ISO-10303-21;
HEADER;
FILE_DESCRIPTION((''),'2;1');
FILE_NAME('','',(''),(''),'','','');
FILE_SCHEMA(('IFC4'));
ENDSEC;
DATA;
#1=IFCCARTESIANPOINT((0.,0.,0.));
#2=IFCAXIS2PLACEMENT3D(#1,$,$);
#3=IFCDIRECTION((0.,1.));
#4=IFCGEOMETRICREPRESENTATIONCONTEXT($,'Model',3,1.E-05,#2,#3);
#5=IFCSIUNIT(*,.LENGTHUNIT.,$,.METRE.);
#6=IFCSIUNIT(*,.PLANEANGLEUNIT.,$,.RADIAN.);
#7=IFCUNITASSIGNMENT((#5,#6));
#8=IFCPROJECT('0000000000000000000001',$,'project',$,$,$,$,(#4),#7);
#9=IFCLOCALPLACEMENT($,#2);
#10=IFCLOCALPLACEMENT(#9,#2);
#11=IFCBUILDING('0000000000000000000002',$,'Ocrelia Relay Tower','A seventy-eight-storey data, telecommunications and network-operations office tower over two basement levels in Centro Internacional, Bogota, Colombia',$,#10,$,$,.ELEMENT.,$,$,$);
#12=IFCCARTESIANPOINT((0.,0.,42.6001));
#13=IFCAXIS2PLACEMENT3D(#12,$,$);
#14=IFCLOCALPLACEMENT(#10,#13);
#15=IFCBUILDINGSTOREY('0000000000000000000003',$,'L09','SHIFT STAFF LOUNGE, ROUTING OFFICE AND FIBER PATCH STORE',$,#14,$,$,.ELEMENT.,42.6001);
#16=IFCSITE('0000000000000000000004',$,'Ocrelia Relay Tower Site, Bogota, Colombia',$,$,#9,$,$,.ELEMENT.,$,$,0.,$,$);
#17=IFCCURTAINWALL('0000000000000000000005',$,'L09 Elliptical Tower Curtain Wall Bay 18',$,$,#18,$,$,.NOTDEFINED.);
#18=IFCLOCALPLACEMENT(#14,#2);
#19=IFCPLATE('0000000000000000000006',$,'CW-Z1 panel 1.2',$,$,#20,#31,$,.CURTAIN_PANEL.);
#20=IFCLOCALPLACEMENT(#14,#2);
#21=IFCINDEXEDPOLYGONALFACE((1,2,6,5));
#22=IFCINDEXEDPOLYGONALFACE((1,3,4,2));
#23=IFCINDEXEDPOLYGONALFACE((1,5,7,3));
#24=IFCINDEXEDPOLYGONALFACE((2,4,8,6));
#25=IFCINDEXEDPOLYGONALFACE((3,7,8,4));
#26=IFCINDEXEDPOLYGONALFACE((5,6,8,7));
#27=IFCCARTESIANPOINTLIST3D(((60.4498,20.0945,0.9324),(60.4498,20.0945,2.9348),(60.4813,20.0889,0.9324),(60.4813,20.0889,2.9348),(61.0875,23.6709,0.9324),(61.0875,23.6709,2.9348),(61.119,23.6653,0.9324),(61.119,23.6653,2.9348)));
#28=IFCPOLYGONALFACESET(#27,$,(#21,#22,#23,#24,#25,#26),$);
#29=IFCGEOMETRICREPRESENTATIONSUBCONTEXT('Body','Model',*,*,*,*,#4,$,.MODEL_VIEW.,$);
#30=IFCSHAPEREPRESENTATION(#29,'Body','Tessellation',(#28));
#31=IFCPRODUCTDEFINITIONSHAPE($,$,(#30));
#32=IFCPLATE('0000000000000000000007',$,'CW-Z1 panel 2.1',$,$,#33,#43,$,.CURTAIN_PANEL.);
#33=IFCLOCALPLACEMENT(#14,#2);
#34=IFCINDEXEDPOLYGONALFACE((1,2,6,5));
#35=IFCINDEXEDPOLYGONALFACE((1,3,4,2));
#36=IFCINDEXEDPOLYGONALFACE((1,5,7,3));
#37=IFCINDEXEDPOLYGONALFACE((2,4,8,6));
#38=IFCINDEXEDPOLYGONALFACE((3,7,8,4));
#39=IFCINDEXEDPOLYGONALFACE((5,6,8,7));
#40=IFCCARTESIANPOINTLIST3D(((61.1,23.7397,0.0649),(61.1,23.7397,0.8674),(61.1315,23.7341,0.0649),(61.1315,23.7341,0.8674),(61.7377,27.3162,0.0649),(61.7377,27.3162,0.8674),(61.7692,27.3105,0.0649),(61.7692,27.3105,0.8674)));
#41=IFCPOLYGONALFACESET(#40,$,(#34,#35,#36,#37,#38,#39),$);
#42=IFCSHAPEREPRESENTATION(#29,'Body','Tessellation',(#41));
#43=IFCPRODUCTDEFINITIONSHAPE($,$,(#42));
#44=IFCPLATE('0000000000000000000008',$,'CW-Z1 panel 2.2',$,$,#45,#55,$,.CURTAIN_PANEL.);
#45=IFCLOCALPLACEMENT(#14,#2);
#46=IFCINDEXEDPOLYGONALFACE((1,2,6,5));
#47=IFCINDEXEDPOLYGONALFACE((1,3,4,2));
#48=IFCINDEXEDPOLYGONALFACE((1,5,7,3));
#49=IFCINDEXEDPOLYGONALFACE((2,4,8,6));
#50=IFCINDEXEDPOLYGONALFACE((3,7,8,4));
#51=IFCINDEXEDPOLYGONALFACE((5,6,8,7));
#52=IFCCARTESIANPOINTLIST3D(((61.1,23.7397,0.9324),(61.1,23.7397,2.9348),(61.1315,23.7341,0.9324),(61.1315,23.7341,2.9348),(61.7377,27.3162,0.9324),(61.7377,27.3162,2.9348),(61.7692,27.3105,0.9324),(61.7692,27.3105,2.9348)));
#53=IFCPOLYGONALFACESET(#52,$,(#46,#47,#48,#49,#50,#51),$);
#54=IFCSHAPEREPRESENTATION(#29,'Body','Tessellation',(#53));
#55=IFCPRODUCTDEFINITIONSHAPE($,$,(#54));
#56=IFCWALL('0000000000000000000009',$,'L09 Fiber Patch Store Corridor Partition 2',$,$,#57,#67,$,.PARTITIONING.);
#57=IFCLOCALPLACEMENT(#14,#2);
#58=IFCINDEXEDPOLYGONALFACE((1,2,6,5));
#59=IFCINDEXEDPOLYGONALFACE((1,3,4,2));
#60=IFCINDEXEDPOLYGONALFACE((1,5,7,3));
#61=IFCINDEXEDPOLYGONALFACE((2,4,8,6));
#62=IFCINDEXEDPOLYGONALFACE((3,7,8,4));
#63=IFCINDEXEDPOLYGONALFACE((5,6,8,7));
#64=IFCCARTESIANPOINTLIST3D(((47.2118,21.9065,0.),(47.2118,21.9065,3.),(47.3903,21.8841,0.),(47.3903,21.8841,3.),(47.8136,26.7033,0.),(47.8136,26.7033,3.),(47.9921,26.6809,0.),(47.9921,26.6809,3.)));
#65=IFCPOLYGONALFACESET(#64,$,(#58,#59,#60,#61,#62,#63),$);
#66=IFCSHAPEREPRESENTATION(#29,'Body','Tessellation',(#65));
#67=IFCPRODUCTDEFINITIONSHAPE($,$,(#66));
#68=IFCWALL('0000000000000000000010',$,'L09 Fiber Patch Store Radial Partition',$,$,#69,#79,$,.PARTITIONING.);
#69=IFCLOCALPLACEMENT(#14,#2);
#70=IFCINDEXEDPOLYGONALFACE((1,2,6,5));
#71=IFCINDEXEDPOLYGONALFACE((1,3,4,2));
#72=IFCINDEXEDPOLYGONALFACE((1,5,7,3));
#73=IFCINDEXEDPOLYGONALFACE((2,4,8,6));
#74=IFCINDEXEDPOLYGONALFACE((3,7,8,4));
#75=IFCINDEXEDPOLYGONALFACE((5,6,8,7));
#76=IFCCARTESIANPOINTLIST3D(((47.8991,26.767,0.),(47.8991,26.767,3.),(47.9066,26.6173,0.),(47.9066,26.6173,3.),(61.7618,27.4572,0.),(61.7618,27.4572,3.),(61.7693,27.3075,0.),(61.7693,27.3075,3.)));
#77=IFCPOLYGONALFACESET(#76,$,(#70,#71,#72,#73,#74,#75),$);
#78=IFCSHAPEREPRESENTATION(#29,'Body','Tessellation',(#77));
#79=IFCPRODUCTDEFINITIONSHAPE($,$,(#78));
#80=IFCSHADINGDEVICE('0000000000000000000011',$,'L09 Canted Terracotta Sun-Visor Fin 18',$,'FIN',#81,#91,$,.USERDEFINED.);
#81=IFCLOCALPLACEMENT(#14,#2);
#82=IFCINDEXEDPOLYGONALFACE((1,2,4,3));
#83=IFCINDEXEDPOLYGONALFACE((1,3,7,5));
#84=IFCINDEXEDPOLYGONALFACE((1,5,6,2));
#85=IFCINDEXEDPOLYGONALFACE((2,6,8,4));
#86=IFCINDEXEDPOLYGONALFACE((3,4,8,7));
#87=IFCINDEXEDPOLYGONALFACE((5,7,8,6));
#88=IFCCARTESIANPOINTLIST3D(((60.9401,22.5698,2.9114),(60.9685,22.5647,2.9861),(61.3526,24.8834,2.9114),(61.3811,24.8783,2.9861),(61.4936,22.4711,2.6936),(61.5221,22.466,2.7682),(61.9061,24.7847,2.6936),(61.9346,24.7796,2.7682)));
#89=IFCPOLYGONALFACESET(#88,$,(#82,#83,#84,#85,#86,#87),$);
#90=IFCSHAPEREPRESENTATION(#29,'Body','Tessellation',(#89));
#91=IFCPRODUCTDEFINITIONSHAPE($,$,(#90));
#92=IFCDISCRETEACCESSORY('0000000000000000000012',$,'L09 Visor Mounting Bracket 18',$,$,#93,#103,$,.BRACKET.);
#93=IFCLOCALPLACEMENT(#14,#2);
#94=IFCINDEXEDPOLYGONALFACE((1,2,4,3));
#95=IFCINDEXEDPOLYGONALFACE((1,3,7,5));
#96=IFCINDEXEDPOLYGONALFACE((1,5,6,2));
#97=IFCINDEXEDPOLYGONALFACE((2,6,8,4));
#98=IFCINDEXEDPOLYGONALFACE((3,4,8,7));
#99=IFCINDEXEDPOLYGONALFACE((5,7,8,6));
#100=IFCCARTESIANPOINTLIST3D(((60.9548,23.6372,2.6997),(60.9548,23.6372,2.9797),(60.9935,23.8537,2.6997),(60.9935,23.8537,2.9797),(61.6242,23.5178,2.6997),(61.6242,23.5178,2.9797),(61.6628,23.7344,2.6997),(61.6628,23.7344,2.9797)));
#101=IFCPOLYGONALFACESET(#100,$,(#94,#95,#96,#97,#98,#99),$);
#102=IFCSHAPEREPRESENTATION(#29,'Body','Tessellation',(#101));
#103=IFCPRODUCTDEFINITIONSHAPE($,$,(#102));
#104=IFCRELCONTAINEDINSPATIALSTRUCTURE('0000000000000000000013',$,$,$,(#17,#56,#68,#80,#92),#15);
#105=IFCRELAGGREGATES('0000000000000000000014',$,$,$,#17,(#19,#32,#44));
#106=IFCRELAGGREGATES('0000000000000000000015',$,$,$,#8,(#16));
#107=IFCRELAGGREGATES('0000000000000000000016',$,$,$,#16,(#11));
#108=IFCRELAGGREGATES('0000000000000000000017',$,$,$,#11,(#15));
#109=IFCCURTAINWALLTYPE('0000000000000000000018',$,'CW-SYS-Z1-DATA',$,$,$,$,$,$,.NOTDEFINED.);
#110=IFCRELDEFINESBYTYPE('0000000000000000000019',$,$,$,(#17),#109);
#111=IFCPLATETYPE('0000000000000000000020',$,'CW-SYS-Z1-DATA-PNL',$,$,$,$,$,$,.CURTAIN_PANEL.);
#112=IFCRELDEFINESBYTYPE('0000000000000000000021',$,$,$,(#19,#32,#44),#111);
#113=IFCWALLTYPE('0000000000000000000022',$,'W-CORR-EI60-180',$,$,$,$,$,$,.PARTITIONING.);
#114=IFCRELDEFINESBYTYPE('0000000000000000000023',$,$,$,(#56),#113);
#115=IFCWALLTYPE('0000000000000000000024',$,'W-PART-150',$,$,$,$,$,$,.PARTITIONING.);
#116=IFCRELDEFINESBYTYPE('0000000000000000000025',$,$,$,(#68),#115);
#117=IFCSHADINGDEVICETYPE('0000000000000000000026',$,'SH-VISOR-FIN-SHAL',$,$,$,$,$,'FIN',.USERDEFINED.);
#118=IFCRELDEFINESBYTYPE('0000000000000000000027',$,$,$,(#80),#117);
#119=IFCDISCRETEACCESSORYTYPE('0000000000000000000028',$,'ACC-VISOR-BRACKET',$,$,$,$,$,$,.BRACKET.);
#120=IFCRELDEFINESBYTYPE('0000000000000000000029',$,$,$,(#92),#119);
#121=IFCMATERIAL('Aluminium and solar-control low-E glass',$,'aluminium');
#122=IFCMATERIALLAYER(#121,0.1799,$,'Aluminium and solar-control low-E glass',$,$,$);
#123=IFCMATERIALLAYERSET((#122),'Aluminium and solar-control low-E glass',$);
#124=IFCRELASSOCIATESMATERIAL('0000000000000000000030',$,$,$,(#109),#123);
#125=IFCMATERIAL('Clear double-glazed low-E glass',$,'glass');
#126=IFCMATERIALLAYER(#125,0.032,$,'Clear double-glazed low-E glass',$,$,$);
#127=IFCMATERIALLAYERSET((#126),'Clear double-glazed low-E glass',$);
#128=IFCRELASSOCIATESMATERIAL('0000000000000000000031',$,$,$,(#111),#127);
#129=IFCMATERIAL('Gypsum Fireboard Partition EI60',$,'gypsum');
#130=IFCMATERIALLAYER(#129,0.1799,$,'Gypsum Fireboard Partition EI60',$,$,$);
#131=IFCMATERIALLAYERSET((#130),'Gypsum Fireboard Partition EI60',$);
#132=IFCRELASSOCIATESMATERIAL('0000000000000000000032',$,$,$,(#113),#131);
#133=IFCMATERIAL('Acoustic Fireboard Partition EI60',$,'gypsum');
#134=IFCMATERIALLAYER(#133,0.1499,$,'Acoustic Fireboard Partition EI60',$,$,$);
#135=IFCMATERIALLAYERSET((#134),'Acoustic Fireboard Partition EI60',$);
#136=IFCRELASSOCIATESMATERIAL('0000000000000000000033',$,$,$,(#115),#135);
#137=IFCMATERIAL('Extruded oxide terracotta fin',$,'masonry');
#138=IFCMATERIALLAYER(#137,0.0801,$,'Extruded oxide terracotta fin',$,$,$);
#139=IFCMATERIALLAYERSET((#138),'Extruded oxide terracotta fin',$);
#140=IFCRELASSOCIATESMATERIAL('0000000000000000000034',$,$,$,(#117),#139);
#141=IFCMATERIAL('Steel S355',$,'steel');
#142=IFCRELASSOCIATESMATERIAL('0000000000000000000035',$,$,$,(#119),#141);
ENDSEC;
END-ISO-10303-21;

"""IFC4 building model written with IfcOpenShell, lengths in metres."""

from ifc_helpers import new_model, si_unit, direction, frame, frame_2d, origin, origin_2d, place, context, subcontext, project, spatial, rectangle, extrude, material, layer, layer_set, type_object, element, aggregate, save


model = new_model("IFC4")

# Units and contexts
model_context = context("Model", 3, precision=1e-05, world=origin(), true_north=direction((0.0, 1.0)))
body_context = subcontext(model_context, "Body", "Model", "MODEL_VIEW")
ifc_project = project(units=[si_unit("LENGTHUNIT", "METRE"), si_unit("PLANEANGLEUNIT", "RADIAN")], contexts=[model_context])

# Site, building, storey
site_placement = place(None, origin())
site = spatial("IfcSite", under=ifc_project, at=site_placement, Name="Ocrelia Relay Tower Site, Bogota, Colombia", CompositionType="ELEMENT", RefElevation=0.0)
building_placement = place(site_placement, origin())
building = spatial("IfcBuilding", under=site, at=building_placement, Name="Ocrelia Relay Tower", Description="A seventy-eight-storey data, telecommunications and network-operations office tower over two basement levels in Centro Internacional, Bogota, Colombia", CompositionType="ELEMENT")
storey_placement = place(building_placement, frame((0.0, 0.0, 42.6001)))
storey = spatial("IfcBuildingStorey", under=building, at=storey_placement, Name="L09", Description="SHIFT STAFF LOUNGE, ROUTING OFFICE AND FIBER PATCH STORE", CompositionType="ELEMENT", Elevation=42.6001)

# Shared definitions
ifc_material_1 = material(Name="Steel S355", Category="steel")

# Shared definitions
ifc_material_2 = material(Name="Aluminium and solar-control low-E glass", Category="aluminium")
ifc_layer_1 = layer(ifc_material_2, 0.1799, Name="Aluminium and solar-control low-E glass")
ifc_layer_set_1 = layer_set([ifc_layer_1], Name="Aluminium and solar-control low-E glass")
curtain_wall_type = type_object("IfcCurtainWallType", Name="CW-SYS-Z1-DATA", PredefinedType="NOTDEFINED", material=ifc_layer_set_1)

# Curtain wall
curtain_wall_1_placement = place(storey_placement, origin())
curtain_wall_1 = element("IfcCurtainWall", 1, at=curtain_wall_1_placement, inside=storey, type_object=curtain_wall_type, Name="L09 Elliptical Tower Curtain Wall Bay 18", PredefinedType="NOTDEFINED")

# Plates
ifc_material_3 = material(Name="Clear double-glazed low-E glass", Category="glass")
ifc_layer_2 = layer(ifc_material_3, 0.032, Name="Clear double-glazed low-E glass")
ifc_layer_set_2 = layer_set([ifc_layer_2], Name="Clear double-glazed low-E glass")
plate_type = type_object("IfcPlateType", Name="CW-SYS-Z1-DATA-PNL", PredefinedType="CURTAIN_PANEL", material=ifc_layer_set_2)
plate_1_placement = place(storey_placement, frame((60.7844, 21.8799, 0.9324), z_axis=(0.0, 0.0, 1.0), x_axis=(0.175534, 0.984473, 0.0)))
plate_1 = element("IfcPlate", 2, at=plate_1_placement, type_object=plate_type, Name="CW-Z1 panel 1.2", PredefinedType="CURTAIN_PANEL", context=body_context, shape_type="SweptSolid", body=[
    extrude(rectangle(XDim=3.6328, YDim=0.032, at=origin_2d()), origin(), (0.0, 0.0, 1.0), 2.0024),
])
plate_2_placement = place(storey_placement, frame((61.4346, 25.5251, 0.0649), z_axis=(0.0, 0.0, 1.0), x_axis=(0.175534, 0.984473, 0.0)))
plate_2 = element("IfcPlate", 3, at=plate_2_placement, type_object=plate_type, Name="CW-Z1 panel 2.1", PredefinedType="CURTAIN_PANEL", context=body_context, shape_type="SweptSolid", body=[
    extrude(rectangle(XDim=3.6328, YDim=0.032, at=origin_2d()), origin(), (0.0, 0.0, 1.0), 0.8025),
])
plate_3_placement = place(storey_placement, frame((61.4346, 25.5251, 0.9324), z_axis=(0.0, 0.0, 1.0), x_axis=(0.175534, 0.984473, 0.0)))
plate_3 = element("IfcPlate", 4, at=plate_3_placement, type_object=plate_type, Name="CW-Z1 panel 2.2", PredefinedType="CURTAIN_PANEL", context=body_context, shape_type="SweptSolid", body=[
    extrude(rectangle(XDim=3.6328, YDim=0.032, at=origin_2d()), origin(), (0.0, 0.0, 1.0), 2.0024),
])
aggregate(curtain_wall_1, [plate_1, plate_2, plate_3])

# Wall
ifc_material_4 = material(Name="Gypsum Fireboard Partition EI60", Category="gypsum")
ifc_layer_3 = layer(ifc_material_4, 0.1799, Name="Gypsum Fireboard Partition EI60")
ifc_layer_set_3 = layer_set([ifc_layer_3], Name="Gypsum Fireboard Partition EI60")
wall_type_1 = type_object("IfcWallType", Name="W-CORR-EI60-180", PredefinedType="PARTITIONING", material=ifc_layer_set_3)
wall_1_placement = place(storey_placement, frame((47.301, 21.8953, 0.0), z_axis=(0.0, 0.0, 1.0), x_axis=(0.124482, 0.992222, 0.0)))
element("IfcWall", 5, at=wall_1_placement, inside=storey, type_object=wall_type_1, Name="L09 Fiber Patch Store Corridor Partition 2", PredefinedType="PARTITIONING", context=body_context, shape_type="SweptSolid", body=[
    extrude(rectangle(XDim=4.8345, YDim=0.1799, at=frame_2d((2.4172, 0.0))), origin(), (0.0, 0.0, 1.0), 3.0),
])

# Wall
ifc_material_5 = material(Name="Acoustic Fireboard Partition EI60", Category="gypsum")
ifc_layer_4 = layer(ifc_material_5, 0.1499, Name="Acoustic Fireboard Partition EI60")
ifc_layer_set_4 = layer_set([ifc_layer_4], Name="Acoustic Fireboard Partition EI60")
wall_type_2 = type_object("IfcWallType", Name="W-PART-150", PredefinedType="PARTITIONING", material=ifc_layer_set_4)
wall_2_placement = place(storey_placement, frame((47.9028, 26.6921, 0.0), z_axis=(0.0, 0.0, 1.0), x_axis=(0.998763, 0.049725, 0.0)))
element("IfcWall", 6, at=wall_2_placement, inside=storey, type_object=wall_type_2, Name="L09 Fiber Patch Store Radial Partition", PredefinedType="PARTITIONING", context=body_context, shape_type="SweptSolid", body=[
    extrude(rectangle(XDim=13.8799, YDim=0.1499, at=frame_2d((6.9399, 0.0))), origin(), (0.0, 0.0, 1.0), 3.0),
])

# Shading device
ifc_material_6 = material(Name="Extruded oxide terracotta fin", Category="masonry")
ifc_layer_5 = layer(ifc_material_6, 0.0801, Name="Extruded oxide terracotta fin")
ifc_layer_set_5 = layer_set([ifc_layer_5], Name="Extruded oxide terracotta fin")
shading_device_type = type_object("IfcShadingDeviceType", Name="SH-VISOR-FIN-SHAL", ElementType="FIN", PredefinedType="USERDEFINED", material=ifc_layer_set_5)
shading_device_placement = place(storey_placement, frame((61.4231, 23.6772, 2.8025), z_axis=(0.355689, -0.06342, 0.93245), x_axis=(0.175534, 0.984473, 0.0)))
element("IfcShadingDevice", 7, at=shading_device_placement, inside=storey, type_object=shading_device_type, Name="L09 Canted Terracotta Sun-Visor Fin 18", ObjectType="FIN", PredefinedType="USERDEFINED", context=body_context, shape_type="SweptSolid", body=[
    extrude(rectangle(XDim=2.3501, YDim=0.603, at=origin_2d()), origin(), (0.0, 0.0, 1.0), 0.0801),
])

# Discrete accessory
discrete_accessory_type = type_object("IfcDiscreteAccessoryType", Name="ACC-VISOR-BRACKET", PredefinedType="BRACKET", material=ifc_material_1)
discrete_accessory_placement = place(storey_placement, frame((61.3088, 23.6858, 2.6997), z_axis=(0.0, 0.0, 1.0), x_axis=(0.175534, 0.984473, 0.0)))
element("IfcDiscreteAccessory", 8, at=discrete_accessory_placement, inside=storey, type_object=discrete_accessory_type, Name="L09 Visor Mounting Bracket 18", PredefinedType="BRACKET", context=body_context, shape_type="SweptSolid", body=[
    extrude(rectangle(XDim=0.22, YDim=0.6799, at=origin_2d()), origin(), (0.0, 0.0, 1.0), 0.28),
])

save(model, "model.ifc")
